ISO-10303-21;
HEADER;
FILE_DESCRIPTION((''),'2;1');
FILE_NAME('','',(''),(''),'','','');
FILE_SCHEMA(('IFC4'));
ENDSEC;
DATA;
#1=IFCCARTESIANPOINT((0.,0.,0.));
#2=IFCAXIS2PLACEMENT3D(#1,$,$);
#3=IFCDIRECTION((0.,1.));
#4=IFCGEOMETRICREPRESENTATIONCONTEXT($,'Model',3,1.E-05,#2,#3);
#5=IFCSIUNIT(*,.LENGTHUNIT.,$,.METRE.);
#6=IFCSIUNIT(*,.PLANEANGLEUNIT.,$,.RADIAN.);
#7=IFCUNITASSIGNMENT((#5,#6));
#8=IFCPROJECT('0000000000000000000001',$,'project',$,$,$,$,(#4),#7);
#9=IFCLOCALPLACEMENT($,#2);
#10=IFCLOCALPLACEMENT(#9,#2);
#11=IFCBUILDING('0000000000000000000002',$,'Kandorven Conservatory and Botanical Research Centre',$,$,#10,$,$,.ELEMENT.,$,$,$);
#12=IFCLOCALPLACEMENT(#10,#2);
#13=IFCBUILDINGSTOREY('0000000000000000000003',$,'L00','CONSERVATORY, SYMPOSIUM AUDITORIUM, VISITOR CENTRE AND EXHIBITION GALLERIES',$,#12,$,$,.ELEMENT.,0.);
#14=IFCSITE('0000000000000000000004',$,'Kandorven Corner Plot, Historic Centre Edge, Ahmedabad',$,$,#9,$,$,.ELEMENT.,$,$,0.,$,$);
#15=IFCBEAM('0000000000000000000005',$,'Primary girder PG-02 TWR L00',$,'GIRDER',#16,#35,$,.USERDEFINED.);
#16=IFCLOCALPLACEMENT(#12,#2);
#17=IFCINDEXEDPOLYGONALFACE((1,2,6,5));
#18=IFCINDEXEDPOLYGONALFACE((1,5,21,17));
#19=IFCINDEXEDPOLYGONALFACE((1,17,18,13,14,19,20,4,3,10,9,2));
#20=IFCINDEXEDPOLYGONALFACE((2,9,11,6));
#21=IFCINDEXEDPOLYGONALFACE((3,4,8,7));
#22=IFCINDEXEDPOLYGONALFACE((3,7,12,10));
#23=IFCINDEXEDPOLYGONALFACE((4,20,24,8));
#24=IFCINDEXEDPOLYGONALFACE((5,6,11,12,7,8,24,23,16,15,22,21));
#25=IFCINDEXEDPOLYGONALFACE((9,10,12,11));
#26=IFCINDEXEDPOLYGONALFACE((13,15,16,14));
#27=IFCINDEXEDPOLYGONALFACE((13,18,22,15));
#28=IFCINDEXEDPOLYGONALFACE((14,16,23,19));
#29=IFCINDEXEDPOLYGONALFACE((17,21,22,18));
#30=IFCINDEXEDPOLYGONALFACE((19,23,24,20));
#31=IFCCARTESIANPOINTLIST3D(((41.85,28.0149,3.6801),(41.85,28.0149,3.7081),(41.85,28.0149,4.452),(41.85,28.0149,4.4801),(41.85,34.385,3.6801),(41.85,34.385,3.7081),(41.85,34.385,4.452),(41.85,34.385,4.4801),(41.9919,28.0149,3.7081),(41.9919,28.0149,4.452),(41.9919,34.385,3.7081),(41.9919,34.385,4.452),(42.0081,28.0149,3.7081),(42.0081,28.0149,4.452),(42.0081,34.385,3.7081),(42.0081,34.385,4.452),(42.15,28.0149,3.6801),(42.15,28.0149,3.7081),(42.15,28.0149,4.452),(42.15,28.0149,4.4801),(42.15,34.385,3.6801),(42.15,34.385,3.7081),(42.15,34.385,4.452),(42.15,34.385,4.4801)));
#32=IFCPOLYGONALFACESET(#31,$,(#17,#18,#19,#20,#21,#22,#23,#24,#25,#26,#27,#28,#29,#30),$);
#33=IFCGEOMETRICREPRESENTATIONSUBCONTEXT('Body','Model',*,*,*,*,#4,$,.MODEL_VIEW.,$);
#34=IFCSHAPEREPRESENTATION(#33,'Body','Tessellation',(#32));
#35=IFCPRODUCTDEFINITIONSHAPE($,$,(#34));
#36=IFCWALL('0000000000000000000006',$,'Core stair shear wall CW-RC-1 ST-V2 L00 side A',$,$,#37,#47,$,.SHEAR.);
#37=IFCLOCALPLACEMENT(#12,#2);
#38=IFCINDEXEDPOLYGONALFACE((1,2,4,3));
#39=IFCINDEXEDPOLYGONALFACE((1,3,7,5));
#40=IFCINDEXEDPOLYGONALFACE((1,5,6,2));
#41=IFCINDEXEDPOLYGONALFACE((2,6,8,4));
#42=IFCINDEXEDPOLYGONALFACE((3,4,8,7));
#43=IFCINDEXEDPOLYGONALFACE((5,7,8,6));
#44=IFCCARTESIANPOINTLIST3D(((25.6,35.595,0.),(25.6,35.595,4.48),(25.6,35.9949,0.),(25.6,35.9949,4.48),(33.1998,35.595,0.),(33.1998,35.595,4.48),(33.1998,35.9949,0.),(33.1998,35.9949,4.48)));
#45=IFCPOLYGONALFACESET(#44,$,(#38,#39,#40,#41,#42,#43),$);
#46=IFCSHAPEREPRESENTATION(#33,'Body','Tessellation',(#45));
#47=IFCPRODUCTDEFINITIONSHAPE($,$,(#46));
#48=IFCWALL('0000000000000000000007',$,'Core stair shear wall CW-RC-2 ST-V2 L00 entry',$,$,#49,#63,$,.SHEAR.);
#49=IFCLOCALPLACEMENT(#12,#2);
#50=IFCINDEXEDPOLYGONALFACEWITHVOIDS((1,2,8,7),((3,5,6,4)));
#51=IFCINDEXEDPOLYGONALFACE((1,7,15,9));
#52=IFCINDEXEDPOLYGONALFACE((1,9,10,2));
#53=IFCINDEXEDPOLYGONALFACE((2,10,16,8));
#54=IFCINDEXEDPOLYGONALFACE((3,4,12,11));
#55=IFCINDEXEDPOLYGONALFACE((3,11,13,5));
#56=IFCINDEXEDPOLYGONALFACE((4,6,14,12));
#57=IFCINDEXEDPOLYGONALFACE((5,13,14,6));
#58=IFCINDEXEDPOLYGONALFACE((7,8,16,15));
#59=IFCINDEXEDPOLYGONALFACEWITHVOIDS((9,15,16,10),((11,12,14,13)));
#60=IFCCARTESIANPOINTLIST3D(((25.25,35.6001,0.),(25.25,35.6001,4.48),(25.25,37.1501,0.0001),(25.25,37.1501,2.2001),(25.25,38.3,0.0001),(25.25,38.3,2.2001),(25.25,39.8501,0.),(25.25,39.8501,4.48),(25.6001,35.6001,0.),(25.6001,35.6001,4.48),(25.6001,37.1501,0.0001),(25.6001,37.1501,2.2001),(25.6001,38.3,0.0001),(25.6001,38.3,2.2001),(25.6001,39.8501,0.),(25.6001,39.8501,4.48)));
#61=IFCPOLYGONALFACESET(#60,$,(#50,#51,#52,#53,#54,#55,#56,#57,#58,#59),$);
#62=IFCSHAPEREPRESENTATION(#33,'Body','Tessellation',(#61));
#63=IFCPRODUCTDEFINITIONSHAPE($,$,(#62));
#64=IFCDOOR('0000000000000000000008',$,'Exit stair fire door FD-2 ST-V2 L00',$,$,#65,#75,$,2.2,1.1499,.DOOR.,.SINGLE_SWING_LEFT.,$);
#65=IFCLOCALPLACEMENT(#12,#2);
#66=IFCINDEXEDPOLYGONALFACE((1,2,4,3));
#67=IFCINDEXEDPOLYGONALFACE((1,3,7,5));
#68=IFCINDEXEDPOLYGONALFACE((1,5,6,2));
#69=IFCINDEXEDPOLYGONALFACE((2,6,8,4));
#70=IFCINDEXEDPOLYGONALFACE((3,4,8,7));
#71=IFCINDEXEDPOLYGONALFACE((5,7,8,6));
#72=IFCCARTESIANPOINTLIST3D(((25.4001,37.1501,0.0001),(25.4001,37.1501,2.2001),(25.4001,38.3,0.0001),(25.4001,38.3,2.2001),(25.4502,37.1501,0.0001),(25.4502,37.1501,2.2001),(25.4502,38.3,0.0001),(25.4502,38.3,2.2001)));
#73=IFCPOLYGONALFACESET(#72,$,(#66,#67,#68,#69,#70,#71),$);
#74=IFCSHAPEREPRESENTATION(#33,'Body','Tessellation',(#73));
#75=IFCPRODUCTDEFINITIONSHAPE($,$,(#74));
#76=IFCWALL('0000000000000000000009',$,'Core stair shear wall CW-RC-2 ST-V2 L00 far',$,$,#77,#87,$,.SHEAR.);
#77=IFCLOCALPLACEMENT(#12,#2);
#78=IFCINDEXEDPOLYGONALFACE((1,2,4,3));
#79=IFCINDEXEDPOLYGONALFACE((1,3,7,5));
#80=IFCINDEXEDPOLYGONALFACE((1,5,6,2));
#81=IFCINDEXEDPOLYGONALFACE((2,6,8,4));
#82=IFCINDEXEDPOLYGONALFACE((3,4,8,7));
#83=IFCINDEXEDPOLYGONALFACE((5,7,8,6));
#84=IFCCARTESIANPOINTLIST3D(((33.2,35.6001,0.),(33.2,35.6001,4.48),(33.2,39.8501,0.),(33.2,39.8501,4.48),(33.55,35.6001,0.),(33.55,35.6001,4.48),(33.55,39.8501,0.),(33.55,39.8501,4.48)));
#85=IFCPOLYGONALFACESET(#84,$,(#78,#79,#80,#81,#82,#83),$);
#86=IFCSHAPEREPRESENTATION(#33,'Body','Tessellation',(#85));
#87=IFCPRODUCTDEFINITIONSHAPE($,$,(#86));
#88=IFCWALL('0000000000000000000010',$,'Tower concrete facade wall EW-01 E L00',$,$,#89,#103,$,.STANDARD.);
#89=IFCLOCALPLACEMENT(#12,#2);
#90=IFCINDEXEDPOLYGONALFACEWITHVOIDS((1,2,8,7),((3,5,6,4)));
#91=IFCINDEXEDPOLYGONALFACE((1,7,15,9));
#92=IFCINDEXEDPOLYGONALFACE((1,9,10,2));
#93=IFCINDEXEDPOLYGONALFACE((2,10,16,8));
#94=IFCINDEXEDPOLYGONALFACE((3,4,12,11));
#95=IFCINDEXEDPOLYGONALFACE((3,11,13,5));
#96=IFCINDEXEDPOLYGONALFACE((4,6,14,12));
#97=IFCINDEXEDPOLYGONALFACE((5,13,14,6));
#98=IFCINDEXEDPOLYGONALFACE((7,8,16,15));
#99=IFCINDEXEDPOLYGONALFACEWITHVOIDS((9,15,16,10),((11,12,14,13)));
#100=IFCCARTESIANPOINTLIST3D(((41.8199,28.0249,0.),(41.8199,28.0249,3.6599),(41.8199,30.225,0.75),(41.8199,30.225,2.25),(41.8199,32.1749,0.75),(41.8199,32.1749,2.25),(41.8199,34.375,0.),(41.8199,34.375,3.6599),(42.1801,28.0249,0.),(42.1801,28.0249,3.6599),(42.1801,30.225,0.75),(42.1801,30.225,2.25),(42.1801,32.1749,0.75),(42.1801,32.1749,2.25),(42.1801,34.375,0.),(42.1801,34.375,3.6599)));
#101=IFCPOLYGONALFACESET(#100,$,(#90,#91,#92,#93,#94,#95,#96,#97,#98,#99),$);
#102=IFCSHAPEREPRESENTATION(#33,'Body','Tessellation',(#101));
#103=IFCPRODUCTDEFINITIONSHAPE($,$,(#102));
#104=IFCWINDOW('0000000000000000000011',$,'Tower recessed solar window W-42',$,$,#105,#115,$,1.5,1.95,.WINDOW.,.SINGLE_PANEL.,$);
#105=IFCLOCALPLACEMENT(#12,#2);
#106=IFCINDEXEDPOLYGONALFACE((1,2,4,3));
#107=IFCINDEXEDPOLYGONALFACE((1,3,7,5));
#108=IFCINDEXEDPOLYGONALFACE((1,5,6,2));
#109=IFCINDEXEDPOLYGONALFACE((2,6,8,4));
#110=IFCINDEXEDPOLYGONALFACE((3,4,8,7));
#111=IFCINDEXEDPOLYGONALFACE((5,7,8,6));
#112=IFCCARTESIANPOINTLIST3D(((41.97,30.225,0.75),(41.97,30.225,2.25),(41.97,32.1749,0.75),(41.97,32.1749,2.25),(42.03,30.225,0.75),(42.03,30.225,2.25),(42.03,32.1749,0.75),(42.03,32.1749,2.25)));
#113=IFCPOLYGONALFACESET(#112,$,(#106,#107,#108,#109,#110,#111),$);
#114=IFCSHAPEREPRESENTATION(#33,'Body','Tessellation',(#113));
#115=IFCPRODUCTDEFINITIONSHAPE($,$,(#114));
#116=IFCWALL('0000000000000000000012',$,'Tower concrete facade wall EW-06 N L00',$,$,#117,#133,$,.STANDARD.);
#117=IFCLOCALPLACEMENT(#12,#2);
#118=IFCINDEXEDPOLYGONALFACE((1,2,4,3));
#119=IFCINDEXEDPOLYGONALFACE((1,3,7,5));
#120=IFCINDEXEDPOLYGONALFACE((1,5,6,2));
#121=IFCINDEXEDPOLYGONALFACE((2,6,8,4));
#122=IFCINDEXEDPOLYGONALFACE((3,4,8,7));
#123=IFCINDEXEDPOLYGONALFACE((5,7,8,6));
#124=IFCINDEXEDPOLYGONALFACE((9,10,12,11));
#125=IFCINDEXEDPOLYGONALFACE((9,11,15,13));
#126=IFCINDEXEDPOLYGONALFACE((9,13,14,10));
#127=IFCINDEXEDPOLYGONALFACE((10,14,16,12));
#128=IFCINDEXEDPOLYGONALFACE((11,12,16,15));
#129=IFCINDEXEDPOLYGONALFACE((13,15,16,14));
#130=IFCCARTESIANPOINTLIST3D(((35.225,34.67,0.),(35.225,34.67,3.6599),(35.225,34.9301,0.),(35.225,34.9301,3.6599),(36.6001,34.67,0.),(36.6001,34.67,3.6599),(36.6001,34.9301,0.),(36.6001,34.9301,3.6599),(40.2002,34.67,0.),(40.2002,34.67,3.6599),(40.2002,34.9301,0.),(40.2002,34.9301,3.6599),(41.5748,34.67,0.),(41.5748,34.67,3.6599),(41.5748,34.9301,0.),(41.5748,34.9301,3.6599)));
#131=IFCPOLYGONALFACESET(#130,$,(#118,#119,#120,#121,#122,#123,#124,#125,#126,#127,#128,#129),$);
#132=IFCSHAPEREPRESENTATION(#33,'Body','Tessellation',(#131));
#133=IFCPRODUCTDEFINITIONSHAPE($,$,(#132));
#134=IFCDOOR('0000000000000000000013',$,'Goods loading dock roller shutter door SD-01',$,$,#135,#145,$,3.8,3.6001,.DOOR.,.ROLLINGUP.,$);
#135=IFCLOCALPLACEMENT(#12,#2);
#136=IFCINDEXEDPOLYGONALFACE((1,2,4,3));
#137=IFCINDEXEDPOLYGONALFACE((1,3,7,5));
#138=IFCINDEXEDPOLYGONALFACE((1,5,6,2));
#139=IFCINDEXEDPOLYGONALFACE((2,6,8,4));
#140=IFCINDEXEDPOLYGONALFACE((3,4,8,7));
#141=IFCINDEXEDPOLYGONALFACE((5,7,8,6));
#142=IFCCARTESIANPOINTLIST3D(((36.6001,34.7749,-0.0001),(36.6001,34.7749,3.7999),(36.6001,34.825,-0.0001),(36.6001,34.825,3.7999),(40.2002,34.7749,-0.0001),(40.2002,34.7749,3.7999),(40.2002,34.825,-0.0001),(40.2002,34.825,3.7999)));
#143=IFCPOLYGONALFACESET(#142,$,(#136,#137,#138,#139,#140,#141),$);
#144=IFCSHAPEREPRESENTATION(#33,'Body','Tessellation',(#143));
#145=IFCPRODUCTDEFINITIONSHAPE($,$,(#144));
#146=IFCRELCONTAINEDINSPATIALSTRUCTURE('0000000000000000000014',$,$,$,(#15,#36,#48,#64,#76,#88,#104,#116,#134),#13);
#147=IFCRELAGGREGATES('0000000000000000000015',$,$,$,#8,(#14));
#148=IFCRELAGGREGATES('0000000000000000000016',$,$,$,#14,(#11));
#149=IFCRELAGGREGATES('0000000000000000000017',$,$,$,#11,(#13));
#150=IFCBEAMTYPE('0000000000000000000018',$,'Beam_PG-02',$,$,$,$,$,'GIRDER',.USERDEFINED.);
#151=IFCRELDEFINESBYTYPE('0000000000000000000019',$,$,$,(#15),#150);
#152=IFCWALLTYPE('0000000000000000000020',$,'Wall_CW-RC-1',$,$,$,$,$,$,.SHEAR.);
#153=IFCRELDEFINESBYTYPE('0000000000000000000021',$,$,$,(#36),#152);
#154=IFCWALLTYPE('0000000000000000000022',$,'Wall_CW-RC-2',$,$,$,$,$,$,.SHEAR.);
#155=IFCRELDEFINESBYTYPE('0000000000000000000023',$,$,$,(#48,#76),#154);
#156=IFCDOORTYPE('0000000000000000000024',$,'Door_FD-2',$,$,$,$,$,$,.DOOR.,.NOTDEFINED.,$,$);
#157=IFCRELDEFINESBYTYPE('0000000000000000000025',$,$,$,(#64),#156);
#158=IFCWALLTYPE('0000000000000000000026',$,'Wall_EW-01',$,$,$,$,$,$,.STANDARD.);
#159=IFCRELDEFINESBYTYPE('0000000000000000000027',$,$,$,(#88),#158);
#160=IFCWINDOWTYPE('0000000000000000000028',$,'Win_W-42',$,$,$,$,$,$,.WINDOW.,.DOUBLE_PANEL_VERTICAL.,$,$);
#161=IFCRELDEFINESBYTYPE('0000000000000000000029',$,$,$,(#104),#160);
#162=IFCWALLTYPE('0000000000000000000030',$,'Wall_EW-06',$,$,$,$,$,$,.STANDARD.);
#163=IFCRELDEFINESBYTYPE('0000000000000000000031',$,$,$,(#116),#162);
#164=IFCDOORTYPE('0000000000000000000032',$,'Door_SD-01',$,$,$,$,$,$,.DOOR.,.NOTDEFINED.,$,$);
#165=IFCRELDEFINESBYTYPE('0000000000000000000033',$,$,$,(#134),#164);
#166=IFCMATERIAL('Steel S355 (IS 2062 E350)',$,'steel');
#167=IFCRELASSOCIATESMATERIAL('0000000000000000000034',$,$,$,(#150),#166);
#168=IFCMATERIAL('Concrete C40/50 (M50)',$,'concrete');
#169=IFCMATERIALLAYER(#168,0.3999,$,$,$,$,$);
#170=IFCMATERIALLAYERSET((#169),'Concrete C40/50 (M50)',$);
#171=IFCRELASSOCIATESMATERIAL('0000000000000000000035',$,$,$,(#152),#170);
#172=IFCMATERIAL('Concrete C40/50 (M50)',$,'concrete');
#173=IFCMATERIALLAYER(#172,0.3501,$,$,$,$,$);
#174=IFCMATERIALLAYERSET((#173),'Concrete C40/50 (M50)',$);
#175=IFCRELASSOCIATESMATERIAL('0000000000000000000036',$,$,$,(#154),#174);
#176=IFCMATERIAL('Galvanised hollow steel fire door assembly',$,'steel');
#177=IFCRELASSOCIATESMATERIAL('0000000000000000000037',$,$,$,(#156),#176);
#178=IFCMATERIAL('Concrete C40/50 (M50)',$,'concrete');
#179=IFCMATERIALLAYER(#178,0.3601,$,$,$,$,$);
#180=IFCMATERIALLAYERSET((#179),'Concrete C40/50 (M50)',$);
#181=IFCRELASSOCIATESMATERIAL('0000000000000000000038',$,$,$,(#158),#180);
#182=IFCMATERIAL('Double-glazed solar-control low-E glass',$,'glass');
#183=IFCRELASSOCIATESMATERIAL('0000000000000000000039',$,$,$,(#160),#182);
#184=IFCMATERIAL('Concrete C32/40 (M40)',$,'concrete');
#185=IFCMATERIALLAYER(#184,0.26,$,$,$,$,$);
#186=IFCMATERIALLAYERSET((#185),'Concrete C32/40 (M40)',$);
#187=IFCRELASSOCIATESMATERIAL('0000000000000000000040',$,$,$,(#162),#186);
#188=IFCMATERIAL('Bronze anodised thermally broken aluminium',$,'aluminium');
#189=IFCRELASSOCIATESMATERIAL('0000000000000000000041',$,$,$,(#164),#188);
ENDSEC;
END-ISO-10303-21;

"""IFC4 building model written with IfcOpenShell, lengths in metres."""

from ifc_helpers import new_model, si_unit, direction, frame, frame_2d, origin, origin_2d, place, context, subcontext, project, spatial, rectangle, i_section, extrude, material, layer, layer_set, material_profile, profile_set, type_object, element, fill, save


model = new_model("IFC4")

# Units and contexts
model_context = context("Model", 3, precision=1e-05, world=origin(), true_north=direction((0.0, 1.0)))
body_context = subcontext(model_context, "Body", "Model", "MODEL_VIEW")
ifc_project = project(units=[si_unit("LENGTHUNIT", "METRE"), si_unit("PLANEANGLEUNIT", "RADIAN")], contexts=[model_context])

# Site, building, storey
site_placement = place(None, origin())
site = spatial("IfcSite", under=ifc_project, at=site_placement, Name="Kandorven Corner Plot, Historic Centre Edge, Ahmedabad", CompositionType="ELEMENT", RefElevation=0.0)
building_placement = place(site_placement, origin())
building = spatial("IfcBuilding", under=site, at=building_placement, Name="Kandorven Conservatory and Botanical Research Centre", CompositionType="ELEMENT")
storey_placement = place(building_placement, origin())
storey = spatial("IfcBuildingStorey", under=building, at=storey_placement, Name="L00", Description="CONSERVATORY, SYMPOSIUM AUDITORIUM, VISITOR CENTRE AND EXHIBITION GALLERIES", CompositionType="ELEMENT", Elevation=0.0)

# Beam
ifc_material_1 = material(Name="Steel S355 (IS 2062 E350)", Category="steel")
ifc_material_profile_1 = material_profile(ifc_material_1, i_section(OverallWidth=0.3, OverallDepth=0.8, WebThickness=0.0161, FlangeThickness=0.0281, at=origin_2d()))
ifc_profile_set_1 = profile_set([ifc_material_profile_1], Name="Steel S355 (IS 2062 E350)")
beam_type_1 = type_object("IfcBeamType", Name="Beam_PG-02", ElementType="GIRDER", PredefinedType="USERDEFINED", material=ifc_profile_set_1)
for number, where, z_axis, x_axis, name in (
    (1, (42.0, 28.0149, 4.0801), (0.0, 1.0, 0.0), (-1.0, 0.0, 0.0), "Primary girder PG-02 TWR L00"),
):
    element("IfcBeam", number, at=place(storey_placement, frame(where, z_axis=z_axis, x_axis=x_axis)), inside=storey, type_object=beam_type_1, Name=name, ObjectType="GIRDER", PredefinedType="USERDEFINED", context=body_context, shape_type="SweptSolid", body=[
        extrude(i_section(OverallWidth=0.3, OverallDepth=0.8, WebThickness=0.0161, FlangeThickness=0.0281, at=origin_2d()), origin(), (0.0, 0.0, 1.0), 6.3701),
    ])

# Wall
ifc_material_2 = material(Name="Concrete C40/50 (M50)", Category="concrete")
ifc_layer_1 = layer(ifc_material_2, 0.3999)
ifc_layer_set_1 = layer_set([ifc_layer_1], Name="Concrete C40/50 (M50)")
wall_type_1 = type_object("IfcWallType", Name="Wall_CW-RC-1", PredefinedType="SHEAR", material=ifc_layer_set_1)
wall_1_placement = place(storey_placement, frame((25.6001, 35.7949, 0.0), z_axis=(0.0, 0.0, 1.0), x_axis=(1.0, 0.0, 0.0)))
element("IfcWall", 2, at=wall_1_placement, inside=storey, type_object=wall_type_1, Name="Core stair shear wall CW-RC-1 ST-V2 L00 side A", PredefinedType="SHEAR", context=body_context, shape_type="SweptSolid", body=[
    extrude(rectangle(XDim=7.5999, YDim=0.3999, at=frame_2d((3.7998, 0.0))), origin(), (0.0, 0.0, 1.0), 4.48),
])

# Wall, opening, door
ifc_material_3 = material(Name="Concrete C40/50 (M50)", Category="concrete")
ifc_layer_2 = layer(ifc_material_3, 0.3501)
ifc_layer_set_2 = layer_set([ifc_layer_2], Name="Concrete C40/50 (M50)")
wall_type_2 = type_object("IfcWallType", Name="Wall_CW-RC-2", PredefinedType="SHEAR", material=ifc_layer_set_2)
wall_2_placement = place(storey_placement, frame((25.425, 35.6001, 0.0), z_axis=(0.0, 0.0, 1.0), x_axis=(0.0, 1.0, 0.0)))
wall_2 = element("IfcWall", 3, at=wall_2_placement, inside=storey, type_object=wall_type_2, Name="Core stair shear wall CW-RC-2 ST-V2 L00 entry", PredefinedType="SHEAR", context=body_context, shape_type="SweptSolid", body=[
    extrude(rectangle(XDim=4.25, YDim=0.3501, at=frame_2d((2.125, 0.0))), origin(), (0.0, 0.0, 1.0), 4.48),
])
opening_1_placement = place(wall_2_placement, frame((1.55, 0.0, 0.0)))
opening_1 = element("IfcOpeningElement", 4, at=opening_1_placement, cuts=wall_2, PredefinedType="OPENING", context=body_context, shape_type="SweptSolid", body=[
    extrude(rectangle(XDim=1.1499, YDim=2.2, at=frame_2d((0.575, 1.1001))), frame((0.0, 0.1851, 0.0), z_axis=(0.0, -1.0, 0.0), x_axis=(1.0, 0.0, 0.0)), (0.0, 0.0, 1.0), 0.3701),
])
ifc_material_4 = material(Name="Galvanised hollow steel fire door assembly", Category="steel")
door_type_1 = type_object("IfcDoorType", Name="Door_FD-2", OperationType="NOTDEFINED", PredefinedType="DOOR", material=ifc_material_4)
door_1_placement = place(opening_1_placement, origin())
door_1 = element("IfcDoor", 5, at=door_1_placement, inside=storey, type_object=door_type_1, Name="Exit stair fire door FD-2 ST-V2 L00", OperationType="SINGLE_SWING_LEFT", OverallHeight=2.2, OverallWidth=1.1499, PredefinedType="DOOR", context=body_context, shape_type="SweptSolid", body=[
    extrude(rectangle(XDim=1.1499, YDim=2.2, at=frame_2d((0.575, 1.1001))), frame((0.0, 0.0249, 0.0), z_axis=(0.0, -1.0, 0.0), x_axis=(1.0, 0.0, 0.0)), (0.0, 0.0, 1.0), 0.05),
])
fill(opening_1, door_1)

# Wall
wall_3_placement = place(storey_placement, frame((33.375, 35.6001, 0.0), z_axis=(0.0, 0.0, 1.0), x_axis=(0.0, 1.0, 0.0)))
element("IfcWall", 6, at=wall_3_placement, inside=storey, type_object=wall_type_2, Name="Core stair shear wall CW-RC-2 ST-V2 L00 far", PredefinedType="SHEAR", context=body_context, shape_type="SweptSolid", body=[
    extrude(rectangle(XDim=4.25, YDim=0.3501, at=frame_2d((2.125, 0.0))), origin(), (0.0, 0.0, 1.0), 4.48),
])

# Wall, opening, window
ifc_material_5 = material(Name="Concrete C40/50 (M50)", Category="concrete")
ifc_layer_3 = layer(ifc_material_5, 0.3601)
ifc_layer_set_3 = layer_set([ifc_layer_3], Name="Concrete C40/50 (M50)")
wall_type_3 = type_object("IfcWallType", Name="Wall_EW-01", PredefinedType="STANDARD", material=ifc_layer_set_3)
wall_4_placement = place(storey_placement, frame((42.0, 28.0249, 0.0), z_axis=(0.0, 0.0, 1.0), x_axis=(0.0, 1.0, 0.0)))
wall_4 = element("IfcWall", 7, at=wall_4_placement, inside=storey, type_object=wall_type_3, Name="Tower concrete facade wall EW-01 E L00", PredefinedType="STANDARD", context=body_context, shape_type="SweptSolid", body=[
    extrude(rectangle(XDim=6.3501, YDim=0.3601, at=frame_2d((3.175, 0.0))), origin(), (0.0, 0.0, 1.0), 3.6599),
])
opening_2_placement = place(wall_4_placement, frame((2.2, 0.0, 0.75)))
opening_2 = element("IfcOpeningElement", 8, at=opening_2_placement, cuts=wall_4, PredefinedType="OPENING", context=body_context, shape_type="SweptSolid", body=[
    extrude(rectangle(XDim=1.95, YDim=1.5, at=frame_2d((0.9751, 0.75))), frame((0.0, 0.1899, 0.0), z_axis=(0.0, -1.0, 0.0), x_axis=(1.0, 0.0, 0.0)), (0.0, 0.0, 1.0), 0.3801),
])
ifc_material_6 = material(Name="Double-glazed solar-control low-E glass", Category="glass")
window_type = type_object("IfcWindowType", Name="Win_W-42", PartitioningType="DOUBLE_PANEL_VERTICAL", PredefinedType="WINDOW", material=ifc_material_6)
window_placement = place(opening_2_placement, origin())
window = element("IfcWindow", 9, at=window_placement, inside=storey, type_object=window_type, Name="Tower recessed solar window W-42", OverallHeight=1.5, OverallWidth=1.95, PartitioningType="SINGLE_PANEL", PredefinedType="WINDOW", context=body_context, shape_type="SweptSolid", body=[
    extrude(rectangle(XDim=1.95, YDim=1.5, at=frame_2d((0.9751, 0.75))), frame((0.0, 0.03, 0.0), z_axis=(0.0, -1.0, 0.0), x_axis=(1.0, 0.0, 0.0)), (0.0, 0.0, 1.0), 0.0601),
])
fill(opening_2, window)

# Wall, opening, door
ifc_material_7 = material(Name="Concrete C32/40 (M40)", Category="concrete")
ifc_layer_4 = layer(ifc_material_7, 0.26)
ifc_layer_set_4 = layer_set([ifc_layer_4], Name="Concrete C32/40 (M40)")
wall_type_4 = type_object("IfcWallType", Name="Wall_EW-06", PredefinedType="STANDARD", material=ifc_layer_set_4)
wall_5_placement = place(storey_placement, frame((35.2251, 34.8, 0.0), z_axis=(0.0, 0.0, 1.0), x_axis=(1.0, 0.0, 0.0)))
wall_5 = element("IfcWall", 10, at=wall_5_placement, inside=storey, type_object=wall_type_4, Name="Tower concrete facade wall EW-06 N L00", PredefinedType="STANDARD", context=body_context, shape_type="SweptSolid", body=[
    extrude(rectangle(XDim=6.3499, YDim=0.26, at=frame_2d((3.1748, 0.0))), origin(), (0.0, 0.0, 1.0), 3.6599),
])
opening_3_placement = place(wall_5_placement, frame((1.375, 0.0, 0.0)))
opening_3 = element("IfcOpeningElement", 11, at=opening_3_placement, cuts=wall_5, PredefinedType="OPENING", context=body_context, shape_type="SweptSolid", body=[
    extrude(rectangle(XDim=3.6001, YDim=3.8, at=frame_2d((1.8, 1.8999))), frame((0.0, 0.1399, 0.0), z_axis=(0.0, -1.0, 0.0), x_axis=(1.0, 0.0, 0.0)), (0.0, 0.0, 1.0), 0.28),
])
ifc_material_8 = material(Name="Bronze anodised thermally broken aluminium", Category="aluminium")
door_type_2 = type_object("IfcDoorType", Name="Door_SD-01", OperationType="NOTDEFINED", PredefinedType="DOOR", material=ifc_material_8)
door_2_placement = place(opening_3_placement, origin())
door_2 = element("IfcDoor", 12, at=door_2_placement, inside=storey, type_object=door_type_2, Name="Goods loading dock roller shutter door SD-01", OperationType="ROLLINGUP", OverallHeight=3.8, OverallWidth=3.6001, PredefinedType="DOOR", context=body_context, shape_type="SweptSolid", body=[
    extrude(rectangle(XDim=3.6001, YDim=3.8, at=frame_2d((1.8, 1.8999))), frame((0.0, 0.0249, 0.0), z_axis=(0.0, -1.0, 0.0), x_axis=(1.0, 0.0, 0.0)), (0.0, 0.0, 1.0), 0.05),
])
fill(opening_3, door_2)

save(model, "model.ifc")
